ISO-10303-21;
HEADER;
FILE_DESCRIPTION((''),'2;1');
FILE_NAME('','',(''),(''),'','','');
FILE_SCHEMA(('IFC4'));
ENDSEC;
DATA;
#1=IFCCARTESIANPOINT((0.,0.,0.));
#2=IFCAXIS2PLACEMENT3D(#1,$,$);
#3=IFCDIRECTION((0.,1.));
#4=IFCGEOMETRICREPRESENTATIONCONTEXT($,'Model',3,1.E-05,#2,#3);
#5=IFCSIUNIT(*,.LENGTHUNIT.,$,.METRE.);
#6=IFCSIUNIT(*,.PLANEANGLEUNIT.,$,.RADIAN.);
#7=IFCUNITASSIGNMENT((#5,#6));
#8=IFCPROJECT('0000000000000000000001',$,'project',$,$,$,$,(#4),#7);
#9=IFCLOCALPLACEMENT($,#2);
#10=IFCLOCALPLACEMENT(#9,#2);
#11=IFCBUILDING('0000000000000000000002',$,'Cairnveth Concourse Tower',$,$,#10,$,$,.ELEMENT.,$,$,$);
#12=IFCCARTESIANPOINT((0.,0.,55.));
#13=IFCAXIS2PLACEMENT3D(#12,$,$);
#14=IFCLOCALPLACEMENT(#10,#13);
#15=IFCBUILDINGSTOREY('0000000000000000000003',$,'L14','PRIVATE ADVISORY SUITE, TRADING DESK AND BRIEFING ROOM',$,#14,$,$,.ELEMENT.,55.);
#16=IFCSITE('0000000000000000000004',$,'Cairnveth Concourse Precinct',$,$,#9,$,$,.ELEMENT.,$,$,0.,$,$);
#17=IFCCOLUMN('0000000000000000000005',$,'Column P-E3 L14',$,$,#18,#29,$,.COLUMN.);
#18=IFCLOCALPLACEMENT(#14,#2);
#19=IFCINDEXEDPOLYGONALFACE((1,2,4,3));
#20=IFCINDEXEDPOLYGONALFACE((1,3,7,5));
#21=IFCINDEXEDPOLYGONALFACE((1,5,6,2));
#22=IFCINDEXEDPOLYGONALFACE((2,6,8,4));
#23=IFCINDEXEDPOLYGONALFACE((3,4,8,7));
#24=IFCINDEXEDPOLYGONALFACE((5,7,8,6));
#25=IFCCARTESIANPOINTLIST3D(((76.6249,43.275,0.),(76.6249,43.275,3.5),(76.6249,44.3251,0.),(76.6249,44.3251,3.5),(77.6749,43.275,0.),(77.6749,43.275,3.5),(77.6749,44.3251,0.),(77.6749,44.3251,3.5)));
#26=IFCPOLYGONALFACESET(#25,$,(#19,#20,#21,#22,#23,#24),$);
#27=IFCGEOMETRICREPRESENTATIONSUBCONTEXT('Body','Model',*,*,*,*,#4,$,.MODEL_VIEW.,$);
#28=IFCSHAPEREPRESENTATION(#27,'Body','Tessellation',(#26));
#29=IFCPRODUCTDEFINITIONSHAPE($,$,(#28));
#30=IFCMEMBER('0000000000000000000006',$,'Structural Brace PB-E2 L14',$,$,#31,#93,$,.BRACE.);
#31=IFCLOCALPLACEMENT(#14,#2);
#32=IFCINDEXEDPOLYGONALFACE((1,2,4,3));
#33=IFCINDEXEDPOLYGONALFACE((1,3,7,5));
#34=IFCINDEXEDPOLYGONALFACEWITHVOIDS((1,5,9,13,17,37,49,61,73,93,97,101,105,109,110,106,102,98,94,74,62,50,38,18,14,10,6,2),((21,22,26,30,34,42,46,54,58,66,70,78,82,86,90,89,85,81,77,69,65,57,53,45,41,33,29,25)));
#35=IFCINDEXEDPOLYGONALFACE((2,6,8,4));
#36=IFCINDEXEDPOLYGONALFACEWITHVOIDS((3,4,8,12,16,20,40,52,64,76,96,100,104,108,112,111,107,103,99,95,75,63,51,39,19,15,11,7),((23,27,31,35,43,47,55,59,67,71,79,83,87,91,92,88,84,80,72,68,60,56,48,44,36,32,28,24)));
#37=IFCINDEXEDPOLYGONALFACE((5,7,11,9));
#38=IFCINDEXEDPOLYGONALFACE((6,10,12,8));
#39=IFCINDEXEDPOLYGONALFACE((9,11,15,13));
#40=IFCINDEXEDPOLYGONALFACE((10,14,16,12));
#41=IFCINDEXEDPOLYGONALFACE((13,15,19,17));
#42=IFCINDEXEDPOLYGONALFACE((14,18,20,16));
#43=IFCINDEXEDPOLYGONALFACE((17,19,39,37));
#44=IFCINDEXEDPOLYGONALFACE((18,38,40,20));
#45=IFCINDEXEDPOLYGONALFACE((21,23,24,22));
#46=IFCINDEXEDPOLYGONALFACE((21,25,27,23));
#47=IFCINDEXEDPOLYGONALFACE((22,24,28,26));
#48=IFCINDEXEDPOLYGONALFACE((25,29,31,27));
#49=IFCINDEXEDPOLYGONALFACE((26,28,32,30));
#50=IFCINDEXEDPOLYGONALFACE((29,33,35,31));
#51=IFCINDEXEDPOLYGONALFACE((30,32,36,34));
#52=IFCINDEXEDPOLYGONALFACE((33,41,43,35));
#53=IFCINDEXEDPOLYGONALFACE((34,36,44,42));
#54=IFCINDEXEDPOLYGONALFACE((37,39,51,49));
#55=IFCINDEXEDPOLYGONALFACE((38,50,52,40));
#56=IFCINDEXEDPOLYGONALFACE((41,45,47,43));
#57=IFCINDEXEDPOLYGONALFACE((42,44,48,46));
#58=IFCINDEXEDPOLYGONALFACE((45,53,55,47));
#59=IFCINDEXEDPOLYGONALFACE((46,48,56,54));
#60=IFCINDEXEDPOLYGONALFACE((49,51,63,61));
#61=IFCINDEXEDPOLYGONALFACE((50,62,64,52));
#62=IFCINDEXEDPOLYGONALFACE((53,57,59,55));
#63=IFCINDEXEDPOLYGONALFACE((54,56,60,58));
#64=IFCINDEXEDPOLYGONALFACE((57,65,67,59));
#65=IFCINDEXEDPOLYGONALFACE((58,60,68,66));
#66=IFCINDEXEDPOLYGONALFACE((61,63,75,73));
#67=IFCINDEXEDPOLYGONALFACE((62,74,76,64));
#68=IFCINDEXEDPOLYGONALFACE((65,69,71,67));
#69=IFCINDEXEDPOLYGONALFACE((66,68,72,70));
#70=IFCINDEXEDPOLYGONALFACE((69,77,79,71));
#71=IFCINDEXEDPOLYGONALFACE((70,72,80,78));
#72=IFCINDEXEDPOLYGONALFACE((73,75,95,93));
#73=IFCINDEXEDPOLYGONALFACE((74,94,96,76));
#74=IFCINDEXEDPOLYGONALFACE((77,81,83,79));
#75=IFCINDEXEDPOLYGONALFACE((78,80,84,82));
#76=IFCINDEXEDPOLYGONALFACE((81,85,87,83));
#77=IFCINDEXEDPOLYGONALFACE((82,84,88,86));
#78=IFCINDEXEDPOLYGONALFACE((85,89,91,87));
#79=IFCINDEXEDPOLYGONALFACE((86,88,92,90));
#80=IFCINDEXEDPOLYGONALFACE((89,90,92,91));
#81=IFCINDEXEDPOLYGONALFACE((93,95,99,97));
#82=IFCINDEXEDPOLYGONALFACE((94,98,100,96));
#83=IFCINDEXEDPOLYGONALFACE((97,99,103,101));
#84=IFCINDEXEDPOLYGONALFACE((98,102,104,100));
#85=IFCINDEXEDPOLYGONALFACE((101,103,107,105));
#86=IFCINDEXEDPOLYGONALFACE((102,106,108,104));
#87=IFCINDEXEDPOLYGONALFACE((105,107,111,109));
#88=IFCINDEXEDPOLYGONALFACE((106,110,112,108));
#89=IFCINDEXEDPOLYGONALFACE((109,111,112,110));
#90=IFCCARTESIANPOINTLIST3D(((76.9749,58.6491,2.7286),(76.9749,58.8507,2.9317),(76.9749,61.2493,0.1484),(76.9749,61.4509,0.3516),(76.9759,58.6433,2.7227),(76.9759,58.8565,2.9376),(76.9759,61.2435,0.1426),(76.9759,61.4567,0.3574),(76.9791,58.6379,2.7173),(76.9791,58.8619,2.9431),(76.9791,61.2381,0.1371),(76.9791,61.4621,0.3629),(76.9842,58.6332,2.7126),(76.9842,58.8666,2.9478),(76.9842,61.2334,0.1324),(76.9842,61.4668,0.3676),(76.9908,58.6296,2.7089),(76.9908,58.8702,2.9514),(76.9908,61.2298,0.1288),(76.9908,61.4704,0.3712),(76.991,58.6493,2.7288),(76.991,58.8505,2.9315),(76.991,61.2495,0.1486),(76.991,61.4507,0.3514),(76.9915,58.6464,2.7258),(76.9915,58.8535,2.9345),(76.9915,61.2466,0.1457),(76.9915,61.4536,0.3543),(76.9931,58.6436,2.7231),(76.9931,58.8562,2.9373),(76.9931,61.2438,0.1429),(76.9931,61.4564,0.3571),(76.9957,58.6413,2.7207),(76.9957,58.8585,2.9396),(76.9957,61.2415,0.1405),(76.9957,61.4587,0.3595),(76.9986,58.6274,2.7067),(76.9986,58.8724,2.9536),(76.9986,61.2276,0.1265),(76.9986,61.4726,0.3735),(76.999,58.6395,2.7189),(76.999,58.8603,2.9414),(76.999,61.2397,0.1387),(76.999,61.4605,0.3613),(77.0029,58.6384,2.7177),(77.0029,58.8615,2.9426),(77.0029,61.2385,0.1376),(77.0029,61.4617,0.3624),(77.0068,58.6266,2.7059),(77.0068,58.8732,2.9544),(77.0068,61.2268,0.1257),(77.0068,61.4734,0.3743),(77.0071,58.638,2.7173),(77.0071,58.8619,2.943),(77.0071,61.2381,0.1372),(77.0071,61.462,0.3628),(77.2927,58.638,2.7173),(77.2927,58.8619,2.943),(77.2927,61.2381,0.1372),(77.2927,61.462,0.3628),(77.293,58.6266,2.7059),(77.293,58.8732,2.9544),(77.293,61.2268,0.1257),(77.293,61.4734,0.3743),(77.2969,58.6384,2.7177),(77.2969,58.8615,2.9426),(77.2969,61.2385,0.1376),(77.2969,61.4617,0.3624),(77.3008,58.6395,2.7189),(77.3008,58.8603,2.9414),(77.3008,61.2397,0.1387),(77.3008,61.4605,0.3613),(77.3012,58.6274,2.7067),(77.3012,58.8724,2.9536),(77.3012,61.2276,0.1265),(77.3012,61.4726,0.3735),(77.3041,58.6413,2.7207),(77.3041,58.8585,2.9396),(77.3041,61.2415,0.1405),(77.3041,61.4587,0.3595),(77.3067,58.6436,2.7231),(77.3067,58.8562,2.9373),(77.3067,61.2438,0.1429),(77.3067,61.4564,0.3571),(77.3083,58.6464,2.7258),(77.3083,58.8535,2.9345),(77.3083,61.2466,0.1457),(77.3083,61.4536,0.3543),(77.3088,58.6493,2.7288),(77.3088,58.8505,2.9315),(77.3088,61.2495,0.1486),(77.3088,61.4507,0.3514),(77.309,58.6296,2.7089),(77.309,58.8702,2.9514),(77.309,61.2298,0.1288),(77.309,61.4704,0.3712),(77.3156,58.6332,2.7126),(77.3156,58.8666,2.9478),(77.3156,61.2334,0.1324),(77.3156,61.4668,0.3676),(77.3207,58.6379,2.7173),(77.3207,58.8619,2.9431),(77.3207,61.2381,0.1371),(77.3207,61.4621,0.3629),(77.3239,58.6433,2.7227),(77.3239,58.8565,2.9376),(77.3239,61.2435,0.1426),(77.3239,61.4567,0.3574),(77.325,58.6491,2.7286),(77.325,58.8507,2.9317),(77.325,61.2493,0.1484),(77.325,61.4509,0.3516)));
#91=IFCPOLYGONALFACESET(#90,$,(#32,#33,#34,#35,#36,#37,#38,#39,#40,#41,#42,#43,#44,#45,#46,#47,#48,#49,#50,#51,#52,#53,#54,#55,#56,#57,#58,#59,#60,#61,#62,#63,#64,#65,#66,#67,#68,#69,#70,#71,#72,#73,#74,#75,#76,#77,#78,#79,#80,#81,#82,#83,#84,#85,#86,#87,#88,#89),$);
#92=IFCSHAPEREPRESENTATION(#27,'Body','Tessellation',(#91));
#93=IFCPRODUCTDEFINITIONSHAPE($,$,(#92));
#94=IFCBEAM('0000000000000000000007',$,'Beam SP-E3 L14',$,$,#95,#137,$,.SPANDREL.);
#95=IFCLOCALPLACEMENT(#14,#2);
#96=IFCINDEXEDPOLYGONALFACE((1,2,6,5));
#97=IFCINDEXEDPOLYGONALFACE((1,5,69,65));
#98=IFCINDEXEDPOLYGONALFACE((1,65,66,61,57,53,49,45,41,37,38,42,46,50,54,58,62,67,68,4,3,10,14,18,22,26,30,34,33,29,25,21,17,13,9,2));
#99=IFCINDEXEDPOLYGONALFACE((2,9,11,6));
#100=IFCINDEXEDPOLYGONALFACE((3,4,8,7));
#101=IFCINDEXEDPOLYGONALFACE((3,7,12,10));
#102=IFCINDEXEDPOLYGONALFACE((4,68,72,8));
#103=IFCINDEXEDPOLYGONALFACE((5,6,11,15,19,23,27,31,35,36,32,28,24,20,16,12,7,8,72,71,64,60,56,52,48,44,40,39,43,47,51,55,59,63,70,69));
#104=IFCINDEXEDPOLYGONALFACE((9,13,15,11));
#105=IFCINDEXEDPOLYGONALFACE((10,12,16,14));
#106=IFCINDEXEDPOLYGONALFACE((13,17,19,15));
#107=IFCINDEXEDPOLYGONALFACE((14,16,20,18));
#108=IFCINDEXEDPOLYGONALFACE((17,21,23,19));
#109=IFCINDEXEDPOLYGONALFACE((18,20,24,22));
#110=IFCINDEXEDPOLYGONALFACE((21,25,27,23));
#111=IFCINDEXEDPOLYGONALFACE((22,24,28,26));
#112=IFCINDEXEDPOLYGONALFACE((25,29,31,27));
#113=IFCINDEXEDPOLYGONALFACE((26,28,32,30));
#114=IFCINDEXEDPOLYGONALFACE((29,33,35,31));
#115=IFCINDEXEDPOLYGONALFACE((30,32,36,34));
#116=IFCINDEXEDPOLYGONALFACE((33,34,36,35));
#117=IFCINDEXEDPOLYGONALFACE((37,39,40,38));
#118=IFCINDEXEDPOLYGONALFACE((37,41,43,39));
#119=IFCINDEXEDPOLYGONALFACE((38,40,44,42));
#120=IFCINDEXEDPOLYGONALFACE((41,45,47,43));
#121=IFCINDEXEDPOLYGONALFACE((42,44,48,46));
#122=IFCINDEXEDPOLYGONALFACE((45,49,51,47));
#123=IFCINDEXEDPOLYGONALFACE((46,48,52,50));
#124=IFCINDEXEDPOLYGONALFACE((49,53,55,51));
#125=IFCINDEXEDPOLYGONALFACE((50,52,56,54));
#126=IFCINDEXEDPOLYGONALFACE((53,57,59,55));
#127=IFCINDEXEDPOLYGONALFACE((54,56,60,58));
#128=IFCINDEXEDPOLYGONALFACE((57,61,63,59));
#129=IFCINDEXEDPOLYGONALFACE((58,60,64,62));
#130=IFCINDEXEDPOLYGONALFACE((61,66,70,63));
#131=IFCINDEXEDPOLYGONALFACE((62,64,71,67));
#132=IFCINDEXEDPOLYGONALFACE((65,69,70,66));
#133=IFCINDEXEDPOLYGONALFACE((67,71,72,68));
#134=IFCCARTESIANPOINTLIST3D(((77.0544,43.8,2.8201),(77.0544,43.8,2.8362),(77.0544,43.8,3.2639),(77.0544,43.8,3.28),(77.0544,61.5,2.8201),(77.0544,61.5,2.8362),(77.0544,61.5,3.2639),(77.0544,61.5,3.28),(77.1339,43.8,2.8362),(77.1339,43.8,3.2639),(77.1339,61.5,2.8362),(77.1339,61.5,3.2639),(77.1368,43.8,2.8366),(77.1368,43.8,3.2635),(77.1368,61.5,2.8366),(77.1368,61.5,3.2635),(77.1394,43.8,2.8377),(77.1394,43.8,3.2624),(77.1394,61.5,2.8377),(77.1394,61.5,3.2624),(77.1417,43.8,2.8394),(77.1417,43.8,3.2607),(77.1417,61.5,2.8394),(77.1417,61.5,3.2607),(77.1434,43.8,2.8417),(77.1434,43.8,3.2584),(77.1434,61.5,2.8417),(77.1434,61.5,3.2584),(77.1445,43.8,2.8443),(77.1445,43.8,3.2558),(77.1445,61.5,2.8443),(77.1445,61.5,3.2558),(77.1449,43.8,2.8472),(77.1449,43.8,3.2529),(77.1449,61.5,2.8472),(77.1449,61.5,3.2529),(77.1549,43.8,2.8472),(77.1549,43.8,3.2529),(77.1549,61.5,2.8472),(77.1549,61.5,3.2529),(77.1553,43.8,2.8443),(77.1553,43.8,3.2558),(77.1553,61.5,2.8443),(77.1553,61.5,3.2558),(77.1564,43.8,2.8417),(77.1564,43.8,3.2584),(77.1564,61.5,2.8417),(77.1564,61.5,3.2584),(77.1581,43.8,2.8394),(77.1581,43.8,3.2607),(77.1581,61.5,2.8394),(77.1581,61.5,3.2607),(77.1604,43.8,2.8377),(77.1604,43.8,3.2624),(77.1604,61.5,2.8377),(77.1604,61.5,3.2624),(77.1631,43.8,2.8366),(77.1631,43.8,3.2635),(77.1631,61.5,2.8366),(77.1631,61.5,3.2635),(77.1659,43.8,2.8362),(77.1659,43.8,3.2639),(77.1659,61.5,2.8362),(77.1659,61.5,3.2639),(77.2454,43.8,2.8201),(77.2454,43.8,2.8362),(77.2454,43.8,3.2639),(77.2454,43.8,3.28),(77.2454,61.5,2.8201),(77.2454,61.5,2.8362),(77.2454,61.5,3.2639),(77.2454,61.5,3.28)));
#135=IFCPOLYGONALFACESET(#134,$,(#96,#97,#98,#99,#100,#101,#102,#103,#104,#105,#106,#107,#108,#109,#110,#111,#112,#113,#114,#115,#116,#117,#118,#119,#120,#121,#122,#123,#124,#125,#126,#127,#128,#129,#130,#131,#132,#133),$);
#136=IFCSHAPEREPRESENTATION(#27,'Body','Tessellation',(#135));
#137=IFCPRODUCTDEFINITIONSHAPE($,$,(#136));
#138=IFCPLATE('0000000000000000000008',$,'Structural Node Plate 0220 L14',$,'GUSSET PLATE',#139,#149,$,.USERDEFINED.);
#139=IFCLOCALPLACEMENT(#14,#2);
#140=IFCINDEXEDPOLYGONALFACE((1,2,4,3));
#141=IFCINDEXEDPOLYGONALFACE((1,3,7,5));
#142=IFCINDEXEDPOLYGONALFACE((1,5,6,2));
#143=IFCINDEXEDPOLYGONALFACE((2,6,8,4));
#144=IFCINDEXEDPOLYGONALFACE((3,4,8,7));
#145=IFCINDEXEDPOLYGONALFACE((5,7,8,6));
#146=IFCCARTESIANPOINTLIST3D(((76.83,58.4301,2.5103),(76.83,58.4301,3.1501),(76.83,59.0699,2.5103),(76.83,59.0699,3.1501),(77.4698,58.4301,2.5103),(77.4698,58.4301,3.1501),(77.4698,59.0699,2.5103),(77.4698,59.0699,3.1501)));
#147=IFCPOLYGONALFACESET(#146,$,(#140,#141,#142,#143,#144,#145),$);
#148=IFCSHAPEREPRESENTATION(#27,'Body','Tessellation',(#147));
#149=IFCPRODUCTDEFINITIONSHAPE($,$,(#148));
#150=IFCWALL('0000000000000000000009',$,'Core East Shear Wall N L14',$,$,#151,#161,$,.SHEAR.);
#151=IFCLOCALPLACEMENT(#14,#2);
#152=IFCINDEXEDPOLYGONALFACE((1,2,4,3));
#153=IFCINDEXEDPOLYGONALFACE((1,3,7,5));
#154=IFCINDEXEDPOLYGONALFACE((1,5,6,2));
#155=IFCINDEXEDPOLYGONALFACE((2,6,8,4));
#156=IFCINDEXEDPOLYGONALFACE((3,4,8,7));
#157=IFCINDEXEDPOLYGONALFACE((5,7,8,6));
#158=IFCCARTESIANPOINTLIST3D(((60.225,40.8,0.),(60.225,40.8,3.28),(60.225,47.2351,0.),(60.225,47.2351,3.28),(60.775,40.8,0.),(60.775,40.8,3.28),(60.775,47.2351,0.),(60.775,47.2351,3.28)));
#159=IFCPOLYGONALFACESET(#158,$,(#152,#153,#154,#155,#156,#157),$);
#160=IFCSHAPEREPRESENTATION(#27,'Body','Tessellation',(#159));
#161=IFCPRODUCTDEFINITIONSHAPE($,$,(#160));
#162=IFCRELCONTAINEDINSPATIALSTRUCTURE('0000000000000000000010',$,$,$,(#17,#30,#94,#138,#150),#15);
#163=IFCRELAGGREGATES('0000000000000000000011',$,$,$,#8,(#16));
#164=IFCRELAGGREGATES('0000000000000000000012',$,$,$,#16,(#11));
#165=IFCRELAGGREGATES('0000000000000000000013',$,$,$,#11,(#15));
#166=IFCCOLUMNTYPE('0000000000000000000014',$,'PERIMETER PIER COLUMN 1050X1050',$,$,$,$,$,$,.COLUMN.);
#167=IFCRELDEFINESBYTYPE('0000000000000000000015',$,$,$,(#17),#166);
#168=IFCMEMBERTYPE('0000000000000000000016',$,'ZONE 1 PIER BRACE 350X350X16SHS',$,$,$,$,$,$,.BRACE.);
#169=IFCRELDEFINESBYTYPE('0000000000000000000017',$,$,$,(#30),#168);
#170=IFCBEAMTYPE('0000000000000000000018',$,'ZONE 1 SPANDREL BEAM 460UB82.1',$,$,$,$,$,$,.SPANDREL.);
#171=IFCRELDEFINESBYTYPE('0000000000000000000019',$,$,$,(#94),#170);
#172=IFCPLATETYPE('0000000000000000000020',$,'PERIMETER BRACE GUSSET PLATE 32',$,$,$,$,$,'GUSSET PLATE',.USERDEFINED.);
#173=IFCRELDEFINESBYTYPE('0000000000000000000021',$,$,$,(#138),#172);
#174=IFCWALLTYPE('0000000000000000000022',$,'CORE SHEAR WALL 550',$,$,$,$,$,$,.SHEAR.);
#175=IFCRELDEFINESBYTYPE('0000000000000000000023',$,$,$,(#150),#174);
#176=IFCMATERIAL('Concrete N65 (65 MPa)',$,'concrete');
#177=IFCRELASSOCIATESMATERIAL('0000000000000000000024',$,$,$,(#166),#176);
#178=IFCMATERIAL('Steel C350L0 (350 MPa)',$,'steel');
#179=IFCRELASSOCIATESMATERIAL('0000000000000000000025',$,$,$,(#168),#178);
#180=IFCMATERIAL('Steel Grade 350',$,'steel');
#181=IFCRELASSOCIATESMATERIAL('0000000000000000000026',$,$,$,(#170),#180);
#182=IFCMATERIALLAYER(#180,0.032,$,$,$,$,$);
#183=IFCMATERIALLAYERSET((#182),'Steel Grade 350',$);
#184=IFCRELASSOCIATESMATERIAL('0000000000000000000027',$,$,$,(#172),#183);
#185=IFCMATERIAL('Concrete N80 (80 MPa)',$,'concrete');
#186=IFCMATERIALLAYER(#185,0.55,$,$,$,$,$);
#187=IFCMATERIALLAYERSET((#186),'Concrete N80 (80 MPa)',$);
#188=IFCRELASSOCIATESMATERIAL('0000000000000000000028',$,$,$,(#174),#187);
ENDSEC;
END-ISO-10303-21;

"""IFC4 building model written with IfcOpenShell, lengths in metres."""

from ifc_helpers import new_model, si_unit, direction, frame, frame_2d, origin, origin_2d, place, context, subcontext, project, spatial, rectangle, hollow_rectangle, i_section, extrude, material, layer, layer_set, material_profile, profile_set, type_object, element, save


model = new_model("IFC4")

# Units and contexts
model_context = context("Model", 3, precision=1e-05, world=origin(), true_north=direction((0.0, 1.0)))
body_context = subcontext(model_context, "Body", "Model", "MODEL_VIEW")
ifc_project = project(units=[si_unit("LENGTHUNIT", "METRE"), si_unit("PLANEANGLEUNIT", "RADIAN")], contexts=[model_context])

# Site, building, storey
site_placement = place(None, origin())
site = spatial("IfcSite", under=ifc_project, at=site_placement, Name="Cairnveth Concourse Precinct", CompositionType="ELEMENT", RefElevation=0.0)
building_placement = place(site_placement, origin())
building = spatial("IfcBuilding", under=site, at=building_placement, Name="Cairnveth Concourse Tower", CompositionType="ELEMENT")
storey_placement = place(building_placement, frame((0.0, 0.0, 55.0)))
storey = spatial("IfcBuildingStorey", under=building, at=storey_placement, Name="L14", Description="PRIVATE ADVISORY SUITE, TRADING DESK AND BRIEFING ROOM", CompositionType="ELEMENT", Elevation=55.0)

# Column
ifc_material_1 = material(Name="Concrete N65 (65 MPa)", Category="concrete")
ifc_material_profile_1 = material_profile(ifc_material_1, rectangle(XDim=1.05, YDim=1.05, at=origin_2d()), Name="RC-COL-1050x1050")
ifc_profile_set_1 = profile_set([ifc_material_profile_1], Name="Concrete N65 (65 MPa)")
column_type = type_object("IfcColumnType", Name="PERIMETER PIER COLUMN 1050X1050", PredefinedType="COLUMN", material=ifc_profile_set_1)
column_placement = place(storey_placement, frame((77.1499, 43.8, 0.0), z_axis=(0.0, 0.0, 1.0), x_axis=(0.0, 1.0, 0.0)))
element("IfcColumn", 1, at=column_placement, inside=storey, type_object=column_type, Name="Column P-E3 L14", PredefinedType="COLUMN", context=body_context, shape_type="SweptSolid", body=[
    extrude(rectangle(XDim=1.05, YDim=1.05, at=origin_2d()), origin(), (0.0, 0.0, 1.0), 3.5),
])

# Member
ifc_material_2 = material(Name="Steel C350L0 (350 MPa)", Category="steel")
ifc_material_profile_2 = material_profile(ifc_material_2, hollow_rectangle(XDim=0.3501, YDim=0.3501, WallThickness=0.0161, InnerFilletRadius=0.0161, OuterFilletRadius=0.032, at=origin_2d()), Name="350x350x16.0SHS")
ifc_profile_set_2 = profile_set([ifc_material_profile_2], Name="Steel C350L0 (350 MPa)")
member_type = type_object("IfcMemberType", Name="ZONE 1 PIER BRACE 350X350X16SHS", PredefinedType="BRACE", material=ifc_profile_set_2)
member_placement = place(storey_placement, frame((77.1499, 61.3501, 0.25), z_axis=(0.0, -0.709834, 0.704369), x_axis=(1.0, 0.0, 0.0)))
element("IfcMember", 2, at=member_placement, inside=storey, type_object=member_type, Name="Structural Brace PB-E2 L14", PredefinedType="BRACE", context=body_context, shape_type="SweptSolid", body=[
    extrude(hollow_rectangle(XDim=0.3501, YDim=0.3501, WallThickness=0.0161, InnerFilletRadius=0.0161, OuterFilletRadius=0.032, at=origin_2d()), origin(), (0.0, 0.0, 1.0), 3.6631),
])

# Beam
ifc_material_3 = material(Name="Steel Grade 350", Category="steel")
ifc_material_profile_3 = material_profile(ifc_material_3, i_section(OverallWidth=0.1909, OverallDepth=0.46, WebThickness=0.01, FlangeThickness=0.0161, FilletRadius=0.011, at=origin_2d()), Name="460UB82.1")
ifc_profile_set_3 = profile_set([ifc_material_profile_3], Name="Steel Grade 350")
beam_type = type_object("IfcBeamType", Name="ZONE 1 SPANDREL BEAM 460UB82.1", PredefinedType="SPANDREL", material=ifc_profile_set_3)
beam_placement = place(storey_placement, frame((77.1499, 43.8, 3.05), z_axis=(0.0, 1.0, 0.0), x_axis=(-1.0, 0.0, 0.0)))
element("IfcBeam", 3, at=beam_placement, inside=storey, type_object=beam_type, Name="Beam SP-E3 L14", PredefinedType="SPANDREL", context=body_context, shape_type="SweptSolid", body=[
    extrude(i_section(OverallWidth=0.1909, OverallDepth=0.46, WebThickness=0.01, FlangeThickness=0.0161, FilletRadius=0.011, at=origin_2d()), origin(), (0.0, 0.0, 1.0), 17.7),
])

# Plate
ifc_layer_1 = layer(ifc_material_3, 0.032)
ifc_layer_set_1 = layer_set([ifc_layer_1], Name="Steel Grade 350")
plate_type = type_object("IfcPlateType", Name="PERIMETER BRACE GUSSET PLATE 32", ElementType="GUSSET PLATE", PredefinedType="USERDEFINED", material=ifc_layer_set_1)
plate_placement = place(storey_placement, frame((77.1499, 58.75, 2.5103), z_axis=(0.0, 0.0, 1.0), x_axis=(1.0, 0.0, 0.0)))
element("IfcPlate", 4, at=plate_placement, inside=storey, type_object=plate_type, Name="Structural Node Plate 0220 L14", ObjectType="GUSSET PLATE", PredefinedType="USERDEFINED", context=body_context, shape_type="SweptSolid", body=[
    extrude(rectangle(XDim=0.6399, YDim=0.6399, at=origin_2d()), origin(), (0.0, 0.0, 1.0), 0.6399),
])

# Wall
ifc_material_4 = material(Name="Concrete N80 (80 MPa)", Category="concrete")
ifc_layer_2 = layer(ifc_material_4, 0.55)
ifc_layer_set_2 = layer_set([ifc_layer_2], Name="Concrete N80 (80 MPa)")
wall_type_1 = type_object("IfcWallType", Name="CORE SHEAR WALL 550", PredefinedType="SHEAR", material=ifc_layer_set_2)
wall_1_placement = place(storey_placement, frame((60.5, 40.8, 0.0), z_axis=(0.0, 0.0, 1.0), x_axis=(0.0, 1.0, 0.0)))
element("IfcWall", 5, at=wall_1_placement, inside=storey, type_object=wall_type_1, Name="Core East Shear Wall N L14", PredefinedType="SHEAR", context=body_context, shape_type="SweptSolid", body=[
    extrude(rectangle(XDim=6.4351, YDim=0.55, at=frame_2d((3.2175, 0.0))), origin(), (0.0, 0.0, 1.0), 3.28),
])

save(model, "model.ifc")
